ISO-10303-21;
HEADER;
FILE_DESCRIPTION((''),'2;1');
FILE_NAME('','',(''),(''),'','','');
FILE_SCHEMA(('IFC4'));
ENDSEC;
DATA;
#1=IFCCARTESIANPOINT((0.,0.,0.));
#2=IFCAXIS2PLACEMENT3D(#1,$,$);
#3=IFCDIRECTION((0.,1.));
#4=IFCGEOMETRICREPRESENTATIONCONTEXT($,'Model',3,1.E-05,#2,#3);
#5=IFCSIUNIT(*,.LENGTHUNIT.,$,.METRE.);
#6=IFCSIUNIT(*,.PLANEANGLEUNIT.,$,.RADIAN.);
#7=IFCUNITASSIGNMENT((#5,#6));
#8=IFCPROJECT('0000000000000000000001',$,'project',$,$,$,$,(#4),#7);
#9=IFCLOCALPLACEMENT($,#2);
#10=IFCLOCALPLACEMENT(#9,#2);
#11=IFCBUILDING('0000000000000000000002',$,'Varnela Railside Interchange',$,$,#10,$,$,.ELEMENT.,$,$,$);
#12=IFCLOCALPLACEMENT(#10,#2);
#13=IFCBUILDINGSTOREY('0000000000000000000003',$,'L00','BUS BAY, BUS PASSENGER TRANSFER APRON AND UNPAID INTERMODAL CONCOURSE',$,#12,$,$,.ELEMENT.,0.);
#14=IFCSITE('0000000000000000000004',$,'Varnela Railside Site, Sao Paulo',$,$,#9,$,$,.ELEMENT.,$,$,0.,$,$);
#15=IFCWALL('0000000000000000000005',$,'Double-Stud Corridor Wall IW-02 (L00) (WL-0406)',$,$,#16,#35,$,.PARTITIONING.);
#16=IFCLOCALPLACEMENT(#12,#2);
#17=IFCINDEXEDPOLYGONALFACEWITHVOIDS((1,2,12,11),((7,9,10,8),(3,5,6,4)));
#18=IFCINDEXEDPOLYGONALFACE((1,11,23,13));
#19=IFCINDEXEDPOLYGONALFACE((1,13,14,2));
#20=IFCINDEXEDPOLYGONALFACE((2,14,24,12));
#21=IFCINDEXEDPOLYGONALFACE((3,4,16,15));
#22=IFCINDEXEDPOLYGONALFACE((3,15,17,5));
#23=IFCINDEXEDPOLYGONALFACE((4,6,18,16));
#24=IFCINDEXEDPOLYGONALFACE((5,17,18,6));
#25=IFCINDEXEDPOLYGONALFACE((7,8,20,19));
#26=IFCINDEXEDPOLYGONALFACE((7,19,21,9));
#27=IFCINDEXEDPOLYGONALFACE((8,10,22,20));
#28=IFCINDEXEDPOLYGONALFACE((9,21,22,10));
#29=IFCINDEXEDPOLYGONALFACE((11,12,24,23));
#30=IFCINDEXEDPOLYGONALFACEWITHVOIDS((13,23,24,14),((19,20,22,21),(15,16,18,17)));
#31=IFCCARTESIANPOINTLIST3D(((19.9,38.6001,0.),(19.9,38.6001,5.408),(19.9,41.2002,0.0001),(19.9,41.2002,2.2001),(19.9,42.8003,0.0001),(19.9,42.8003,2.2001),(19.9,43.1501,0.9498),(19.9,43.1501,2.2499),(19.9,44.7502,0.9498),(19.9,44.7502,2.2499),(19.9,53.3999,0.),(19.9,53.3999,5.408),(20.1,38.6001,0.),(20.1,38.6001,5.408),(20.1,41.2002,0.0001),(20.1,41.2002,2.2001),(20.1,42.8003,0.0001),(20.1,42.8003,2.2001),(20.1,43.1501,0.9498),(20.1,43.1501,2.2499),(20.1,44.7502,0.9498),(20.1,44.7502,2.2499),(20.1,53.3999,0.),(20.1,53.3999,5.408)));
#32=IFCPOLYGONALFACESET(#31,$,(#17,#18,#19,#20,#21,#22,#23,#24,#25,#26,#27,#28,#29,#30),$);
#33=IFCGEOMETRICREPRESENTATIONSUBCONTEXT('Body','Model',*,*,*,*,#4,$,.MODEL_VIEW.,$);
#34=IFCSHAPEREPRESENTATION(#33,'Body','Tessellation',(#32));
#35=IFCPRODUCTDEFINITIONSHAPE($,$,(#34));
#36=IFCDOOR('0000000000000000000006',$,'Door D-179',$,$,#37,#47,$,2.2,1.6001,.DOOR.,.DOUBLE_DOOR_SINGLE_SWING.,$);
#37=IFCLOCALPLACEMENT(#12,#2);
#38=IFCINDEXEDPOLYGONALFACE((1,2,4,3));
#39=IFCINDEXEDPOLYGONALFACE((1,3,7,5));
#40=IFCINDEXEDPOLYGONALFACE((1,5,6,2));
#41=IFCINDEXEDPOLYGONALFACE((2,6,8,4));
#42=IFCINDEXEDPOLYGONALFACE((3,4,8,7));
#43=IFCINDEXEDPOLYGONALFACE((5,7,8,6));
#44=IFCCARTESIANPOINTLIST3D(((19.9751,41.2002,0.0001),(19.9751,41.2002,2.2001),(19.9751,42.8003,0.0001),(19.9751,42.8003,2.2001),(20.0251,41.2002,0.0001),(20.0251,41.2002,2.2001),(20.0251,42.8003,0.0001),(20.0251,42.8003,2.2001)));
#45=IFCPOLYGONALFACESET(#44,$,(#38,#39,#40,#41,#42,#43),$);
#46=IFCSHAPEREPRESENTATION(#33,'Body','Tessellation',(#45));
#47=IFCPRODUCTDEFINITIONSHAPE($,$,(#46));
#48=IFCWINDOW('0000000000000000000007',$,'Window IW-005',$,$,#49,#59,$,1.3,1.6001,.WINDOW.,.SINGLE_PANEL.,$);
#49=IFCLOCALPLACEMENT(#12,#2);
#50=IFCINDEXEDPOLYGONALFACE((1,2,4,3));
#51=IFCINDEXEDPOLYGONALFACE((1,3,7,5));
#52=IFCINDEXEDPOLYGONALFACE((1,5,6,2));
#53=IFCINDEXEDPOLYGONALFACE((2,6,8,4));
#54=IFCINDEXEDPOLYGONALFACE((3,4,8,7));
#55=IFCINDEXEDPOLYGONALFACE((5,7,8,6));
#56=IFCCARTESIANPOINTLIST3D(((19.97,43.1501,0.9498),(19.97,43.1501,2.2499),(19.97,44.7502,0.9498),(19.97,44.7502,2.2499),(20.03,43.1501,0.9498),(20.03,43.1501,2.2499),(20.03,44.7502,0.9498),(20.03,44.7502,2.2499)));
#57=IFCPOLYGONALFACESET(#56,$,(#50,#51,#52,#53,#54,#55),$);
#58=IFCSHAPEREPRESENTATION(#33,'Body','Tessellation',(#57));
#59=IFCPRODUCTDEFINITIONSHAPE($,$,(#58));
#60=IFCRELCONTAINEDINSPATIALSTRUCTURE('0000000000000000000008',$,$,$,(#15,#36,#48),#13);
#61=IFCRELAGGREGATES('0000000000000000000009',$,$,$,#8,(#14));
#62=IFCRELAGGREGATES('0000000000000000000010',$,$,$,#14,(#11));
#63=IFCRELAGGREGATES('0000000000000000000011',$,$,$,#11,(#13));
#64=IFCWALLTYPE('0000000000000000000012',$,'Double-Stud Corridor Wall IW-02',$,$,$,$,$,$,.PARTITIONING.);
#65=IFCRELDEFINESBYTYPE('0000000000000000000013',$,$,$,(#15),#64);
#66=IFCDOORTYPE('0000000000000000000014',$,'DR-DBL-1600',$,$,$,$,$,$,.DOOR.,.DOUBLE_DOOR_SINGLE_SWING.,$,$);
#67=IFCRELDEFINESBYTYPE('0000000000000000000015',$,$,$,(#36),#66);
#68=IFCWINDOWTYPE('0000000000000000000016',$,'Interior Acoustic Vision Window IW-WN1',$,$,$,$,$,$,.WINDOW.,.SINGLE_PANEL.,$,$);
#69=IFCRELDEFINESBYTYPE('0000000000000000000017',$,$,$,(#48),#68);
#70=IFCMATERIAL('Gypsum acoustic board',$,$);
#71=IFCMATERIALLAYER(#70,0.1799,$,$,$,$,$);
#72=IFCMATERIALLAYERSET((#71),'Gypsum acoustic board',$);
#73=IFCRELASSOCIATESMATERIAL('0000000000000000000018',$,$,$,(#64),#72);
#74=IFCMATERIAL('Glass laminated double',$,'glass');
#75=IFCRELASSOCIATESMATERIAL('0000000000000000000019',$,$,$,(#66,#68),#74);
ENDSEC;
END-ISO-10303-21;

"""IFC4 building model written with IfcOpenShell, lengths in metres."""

from ifc_helpers import new_model, si_unit, direction, frame, frame_2d, origin, place, context, subcontext, project, spatial, rectangle, extrude, material, layer, layer_set, type_object, element, fill, save


model = new_model("IFC4")

# Units and contexts
model_context = context("Model", 3, precision=1e-05, world=origin(), true_north=direction((0.0, 1.0)))
body_context = subcontext(model_context, "Body", "Model", "MODEL_VIEW")
ifc_project = project(units=[si_unit("LENGTHUNIT", "METRE"), si_unit("PLANEANGLEUNIT", "RADIAN")], contexts=[model_context])

# Site, building, storey
site_placement = place(None, origin())
site = spatial("IfcSite", under=ifc_project, at=site_placement, Name="Varnela Railside Site, Sao Paulo", CompositionType="ELEMENT", RefElevation=0.0)
building_placement = place(site_placement, origin())
building = spatial("IfcBuilding", under=site, at=building_placement, Name="Varnela Railside Interchange", CompositionType="ELEMENT")
storey_placement = place(building_placement, origin())
storey = spatial("IfcBuildingStorey", under=building, at=storey_placement, Name="L00", Description="BUS BAY, BUS PASSENGER TRANSFER APRON AND UNPAID INTERMODAL CONCOURSE", CompositionType="ELEMENT", Elevation=0.0)

# Wall, openings, door, window
ifc_material_1 = material(Name="Gypsum acoustic board")
ifc_layer_1 = layer(ifc_material_1, 0.1799)
ifc_layer_set_1 = layer_set([ifc_layer_1], Name="Gypsum acoustic board")
wall_type_1 = type_object("IfcWallType", Name="Double-Stud Corridor Wall IW-02", PredefinedType="PARTITIONING", material=ifc_layer_set_1)
wall_1_placement = place(storey_placement, frame((20.0, 38.6001, 0.0), z_axis=(0.0, 0.0, 1.0), x_axis=(0.0, 1.0, 0.0)))
wall_1 = element("IfcWall", 1, at=wall_1_placement, inside=storey, type_object=wall_type_1, Name="Double-Stud Corridor Wall IW-02 (L00) (WL-0406)", PredefinedType="PARTITIONING", context=body_context, shape_type="SweptSolid", body=[
    extrude(rectangle(XDim=14.7998, YDim=0.2, at=frame_2d((7.3999, 0.0))), origin(), (0.0, 0.0, 1.0), 5.408),
])
opening_1_placement = place(wall_1_placement, frame((2.6001, 0.0, 0.0)))
opening_1 = element("IfcOpeningElement", 2, at=opening_1_placement, cuts=wall_1, PredefinedType="OPENING", context=body_context, shape_type="SweptSolid", body=[
    extrude(rectangle(XDim=1.6001, YDim=2.2, at=frame_2d((0.8, 1.1001))), frame((0.0, 0.1099, 0.0), z_axis=(0.0, -1.0, 0.0), x_axis=(1.0, 0.0, 0.0)), (0.0, 0.0, 1.0), 0.22),
])
opening_2_placement = place(wall_1_placement, frame((4.55, 0.0, 0.95)))
opening_2 = element("IfcOpeningElement", 3, at=opening_2_placement, cuts=wall_1, PredefinedType="OPENING", context=body_context, shape_type="SweptSolid", body=[
    extrude(rectangle(XDim=1.6001, YDim=1.3, at=frame_2d((0.8, 0.6499))), frame((0.0, 0.1099, 0.0), z_axis=(0.0, -1.0, 0.0), x_axis=(1.0, 0.0, 0.0)), (0.0, 0.0, 1.0), 0.22),
])
ifc_material_2 = material(Name="Glass laminated double", Category="glass")
door_type = type_object("IfcDoorType", Name="DR-DBL-1600", OperationType="DOUBLE_DOOR_SINGLE_SWING", PredefinedType="DOOR", material=ifc_material_2)
door_placement = place(opening_1_placement, origin())
door = element("IfcDoor", 4, at=door_placement, inside=storey, type_object=door_type, Name="Door D-179", OperationType="DOUBLE_DOOR_SINGLE_SWING", OverallHeight=2.2, OverallWidth=1.6001, PredefinedType="DOOR", context=body_context, shape_type="SweptSolid", body=[
    extrude(rectangle(XDim=1.6001, YDim=2.2, at=frame_2d((0.8, 1.1001))), frame((0.0, 0.0249, 0.0), z_axis=(0.0, -1.0, 0.0), x_axis=(1.0, 0.0, 0.0)), (0.0, 0.0, 1.0), 0.05),
])
fill(opening_1, door)
window_type = type_object("IfcWindowType", Name="Interior Acoustic Vision Window IW-WN1", PartitioningType="SINGLE_PANEL", PredefinedType="WINDOW", material=ifc_material_2)
window_placement = place(opening_2_placement, origin())
window = element("IfcWindow", 5, at=window_placement, inside=storey, type_object=window_type, Name="Window IW-005", OverallHeight=1.3, OverallWidth=1.6001, PartitioningType="SINGLE_PANEL", PredefinedType="WINDOW", context=body_context, shape_type="SweptSolid", body=[
    extrude(rectangle(XDim=1.6001, YDim=1.3, at=frame_2d((0.8, 0.6499))), frame((0.0, 0.03, 0.0), z_axis=(0.0, -1.0, 0.0), x_axis=(1.0, 0.0, 0.0)), (0.0, 0.0, 1.0), 0.0601),
])
fill(opening_2, window)

save(model, "model.ifc")
